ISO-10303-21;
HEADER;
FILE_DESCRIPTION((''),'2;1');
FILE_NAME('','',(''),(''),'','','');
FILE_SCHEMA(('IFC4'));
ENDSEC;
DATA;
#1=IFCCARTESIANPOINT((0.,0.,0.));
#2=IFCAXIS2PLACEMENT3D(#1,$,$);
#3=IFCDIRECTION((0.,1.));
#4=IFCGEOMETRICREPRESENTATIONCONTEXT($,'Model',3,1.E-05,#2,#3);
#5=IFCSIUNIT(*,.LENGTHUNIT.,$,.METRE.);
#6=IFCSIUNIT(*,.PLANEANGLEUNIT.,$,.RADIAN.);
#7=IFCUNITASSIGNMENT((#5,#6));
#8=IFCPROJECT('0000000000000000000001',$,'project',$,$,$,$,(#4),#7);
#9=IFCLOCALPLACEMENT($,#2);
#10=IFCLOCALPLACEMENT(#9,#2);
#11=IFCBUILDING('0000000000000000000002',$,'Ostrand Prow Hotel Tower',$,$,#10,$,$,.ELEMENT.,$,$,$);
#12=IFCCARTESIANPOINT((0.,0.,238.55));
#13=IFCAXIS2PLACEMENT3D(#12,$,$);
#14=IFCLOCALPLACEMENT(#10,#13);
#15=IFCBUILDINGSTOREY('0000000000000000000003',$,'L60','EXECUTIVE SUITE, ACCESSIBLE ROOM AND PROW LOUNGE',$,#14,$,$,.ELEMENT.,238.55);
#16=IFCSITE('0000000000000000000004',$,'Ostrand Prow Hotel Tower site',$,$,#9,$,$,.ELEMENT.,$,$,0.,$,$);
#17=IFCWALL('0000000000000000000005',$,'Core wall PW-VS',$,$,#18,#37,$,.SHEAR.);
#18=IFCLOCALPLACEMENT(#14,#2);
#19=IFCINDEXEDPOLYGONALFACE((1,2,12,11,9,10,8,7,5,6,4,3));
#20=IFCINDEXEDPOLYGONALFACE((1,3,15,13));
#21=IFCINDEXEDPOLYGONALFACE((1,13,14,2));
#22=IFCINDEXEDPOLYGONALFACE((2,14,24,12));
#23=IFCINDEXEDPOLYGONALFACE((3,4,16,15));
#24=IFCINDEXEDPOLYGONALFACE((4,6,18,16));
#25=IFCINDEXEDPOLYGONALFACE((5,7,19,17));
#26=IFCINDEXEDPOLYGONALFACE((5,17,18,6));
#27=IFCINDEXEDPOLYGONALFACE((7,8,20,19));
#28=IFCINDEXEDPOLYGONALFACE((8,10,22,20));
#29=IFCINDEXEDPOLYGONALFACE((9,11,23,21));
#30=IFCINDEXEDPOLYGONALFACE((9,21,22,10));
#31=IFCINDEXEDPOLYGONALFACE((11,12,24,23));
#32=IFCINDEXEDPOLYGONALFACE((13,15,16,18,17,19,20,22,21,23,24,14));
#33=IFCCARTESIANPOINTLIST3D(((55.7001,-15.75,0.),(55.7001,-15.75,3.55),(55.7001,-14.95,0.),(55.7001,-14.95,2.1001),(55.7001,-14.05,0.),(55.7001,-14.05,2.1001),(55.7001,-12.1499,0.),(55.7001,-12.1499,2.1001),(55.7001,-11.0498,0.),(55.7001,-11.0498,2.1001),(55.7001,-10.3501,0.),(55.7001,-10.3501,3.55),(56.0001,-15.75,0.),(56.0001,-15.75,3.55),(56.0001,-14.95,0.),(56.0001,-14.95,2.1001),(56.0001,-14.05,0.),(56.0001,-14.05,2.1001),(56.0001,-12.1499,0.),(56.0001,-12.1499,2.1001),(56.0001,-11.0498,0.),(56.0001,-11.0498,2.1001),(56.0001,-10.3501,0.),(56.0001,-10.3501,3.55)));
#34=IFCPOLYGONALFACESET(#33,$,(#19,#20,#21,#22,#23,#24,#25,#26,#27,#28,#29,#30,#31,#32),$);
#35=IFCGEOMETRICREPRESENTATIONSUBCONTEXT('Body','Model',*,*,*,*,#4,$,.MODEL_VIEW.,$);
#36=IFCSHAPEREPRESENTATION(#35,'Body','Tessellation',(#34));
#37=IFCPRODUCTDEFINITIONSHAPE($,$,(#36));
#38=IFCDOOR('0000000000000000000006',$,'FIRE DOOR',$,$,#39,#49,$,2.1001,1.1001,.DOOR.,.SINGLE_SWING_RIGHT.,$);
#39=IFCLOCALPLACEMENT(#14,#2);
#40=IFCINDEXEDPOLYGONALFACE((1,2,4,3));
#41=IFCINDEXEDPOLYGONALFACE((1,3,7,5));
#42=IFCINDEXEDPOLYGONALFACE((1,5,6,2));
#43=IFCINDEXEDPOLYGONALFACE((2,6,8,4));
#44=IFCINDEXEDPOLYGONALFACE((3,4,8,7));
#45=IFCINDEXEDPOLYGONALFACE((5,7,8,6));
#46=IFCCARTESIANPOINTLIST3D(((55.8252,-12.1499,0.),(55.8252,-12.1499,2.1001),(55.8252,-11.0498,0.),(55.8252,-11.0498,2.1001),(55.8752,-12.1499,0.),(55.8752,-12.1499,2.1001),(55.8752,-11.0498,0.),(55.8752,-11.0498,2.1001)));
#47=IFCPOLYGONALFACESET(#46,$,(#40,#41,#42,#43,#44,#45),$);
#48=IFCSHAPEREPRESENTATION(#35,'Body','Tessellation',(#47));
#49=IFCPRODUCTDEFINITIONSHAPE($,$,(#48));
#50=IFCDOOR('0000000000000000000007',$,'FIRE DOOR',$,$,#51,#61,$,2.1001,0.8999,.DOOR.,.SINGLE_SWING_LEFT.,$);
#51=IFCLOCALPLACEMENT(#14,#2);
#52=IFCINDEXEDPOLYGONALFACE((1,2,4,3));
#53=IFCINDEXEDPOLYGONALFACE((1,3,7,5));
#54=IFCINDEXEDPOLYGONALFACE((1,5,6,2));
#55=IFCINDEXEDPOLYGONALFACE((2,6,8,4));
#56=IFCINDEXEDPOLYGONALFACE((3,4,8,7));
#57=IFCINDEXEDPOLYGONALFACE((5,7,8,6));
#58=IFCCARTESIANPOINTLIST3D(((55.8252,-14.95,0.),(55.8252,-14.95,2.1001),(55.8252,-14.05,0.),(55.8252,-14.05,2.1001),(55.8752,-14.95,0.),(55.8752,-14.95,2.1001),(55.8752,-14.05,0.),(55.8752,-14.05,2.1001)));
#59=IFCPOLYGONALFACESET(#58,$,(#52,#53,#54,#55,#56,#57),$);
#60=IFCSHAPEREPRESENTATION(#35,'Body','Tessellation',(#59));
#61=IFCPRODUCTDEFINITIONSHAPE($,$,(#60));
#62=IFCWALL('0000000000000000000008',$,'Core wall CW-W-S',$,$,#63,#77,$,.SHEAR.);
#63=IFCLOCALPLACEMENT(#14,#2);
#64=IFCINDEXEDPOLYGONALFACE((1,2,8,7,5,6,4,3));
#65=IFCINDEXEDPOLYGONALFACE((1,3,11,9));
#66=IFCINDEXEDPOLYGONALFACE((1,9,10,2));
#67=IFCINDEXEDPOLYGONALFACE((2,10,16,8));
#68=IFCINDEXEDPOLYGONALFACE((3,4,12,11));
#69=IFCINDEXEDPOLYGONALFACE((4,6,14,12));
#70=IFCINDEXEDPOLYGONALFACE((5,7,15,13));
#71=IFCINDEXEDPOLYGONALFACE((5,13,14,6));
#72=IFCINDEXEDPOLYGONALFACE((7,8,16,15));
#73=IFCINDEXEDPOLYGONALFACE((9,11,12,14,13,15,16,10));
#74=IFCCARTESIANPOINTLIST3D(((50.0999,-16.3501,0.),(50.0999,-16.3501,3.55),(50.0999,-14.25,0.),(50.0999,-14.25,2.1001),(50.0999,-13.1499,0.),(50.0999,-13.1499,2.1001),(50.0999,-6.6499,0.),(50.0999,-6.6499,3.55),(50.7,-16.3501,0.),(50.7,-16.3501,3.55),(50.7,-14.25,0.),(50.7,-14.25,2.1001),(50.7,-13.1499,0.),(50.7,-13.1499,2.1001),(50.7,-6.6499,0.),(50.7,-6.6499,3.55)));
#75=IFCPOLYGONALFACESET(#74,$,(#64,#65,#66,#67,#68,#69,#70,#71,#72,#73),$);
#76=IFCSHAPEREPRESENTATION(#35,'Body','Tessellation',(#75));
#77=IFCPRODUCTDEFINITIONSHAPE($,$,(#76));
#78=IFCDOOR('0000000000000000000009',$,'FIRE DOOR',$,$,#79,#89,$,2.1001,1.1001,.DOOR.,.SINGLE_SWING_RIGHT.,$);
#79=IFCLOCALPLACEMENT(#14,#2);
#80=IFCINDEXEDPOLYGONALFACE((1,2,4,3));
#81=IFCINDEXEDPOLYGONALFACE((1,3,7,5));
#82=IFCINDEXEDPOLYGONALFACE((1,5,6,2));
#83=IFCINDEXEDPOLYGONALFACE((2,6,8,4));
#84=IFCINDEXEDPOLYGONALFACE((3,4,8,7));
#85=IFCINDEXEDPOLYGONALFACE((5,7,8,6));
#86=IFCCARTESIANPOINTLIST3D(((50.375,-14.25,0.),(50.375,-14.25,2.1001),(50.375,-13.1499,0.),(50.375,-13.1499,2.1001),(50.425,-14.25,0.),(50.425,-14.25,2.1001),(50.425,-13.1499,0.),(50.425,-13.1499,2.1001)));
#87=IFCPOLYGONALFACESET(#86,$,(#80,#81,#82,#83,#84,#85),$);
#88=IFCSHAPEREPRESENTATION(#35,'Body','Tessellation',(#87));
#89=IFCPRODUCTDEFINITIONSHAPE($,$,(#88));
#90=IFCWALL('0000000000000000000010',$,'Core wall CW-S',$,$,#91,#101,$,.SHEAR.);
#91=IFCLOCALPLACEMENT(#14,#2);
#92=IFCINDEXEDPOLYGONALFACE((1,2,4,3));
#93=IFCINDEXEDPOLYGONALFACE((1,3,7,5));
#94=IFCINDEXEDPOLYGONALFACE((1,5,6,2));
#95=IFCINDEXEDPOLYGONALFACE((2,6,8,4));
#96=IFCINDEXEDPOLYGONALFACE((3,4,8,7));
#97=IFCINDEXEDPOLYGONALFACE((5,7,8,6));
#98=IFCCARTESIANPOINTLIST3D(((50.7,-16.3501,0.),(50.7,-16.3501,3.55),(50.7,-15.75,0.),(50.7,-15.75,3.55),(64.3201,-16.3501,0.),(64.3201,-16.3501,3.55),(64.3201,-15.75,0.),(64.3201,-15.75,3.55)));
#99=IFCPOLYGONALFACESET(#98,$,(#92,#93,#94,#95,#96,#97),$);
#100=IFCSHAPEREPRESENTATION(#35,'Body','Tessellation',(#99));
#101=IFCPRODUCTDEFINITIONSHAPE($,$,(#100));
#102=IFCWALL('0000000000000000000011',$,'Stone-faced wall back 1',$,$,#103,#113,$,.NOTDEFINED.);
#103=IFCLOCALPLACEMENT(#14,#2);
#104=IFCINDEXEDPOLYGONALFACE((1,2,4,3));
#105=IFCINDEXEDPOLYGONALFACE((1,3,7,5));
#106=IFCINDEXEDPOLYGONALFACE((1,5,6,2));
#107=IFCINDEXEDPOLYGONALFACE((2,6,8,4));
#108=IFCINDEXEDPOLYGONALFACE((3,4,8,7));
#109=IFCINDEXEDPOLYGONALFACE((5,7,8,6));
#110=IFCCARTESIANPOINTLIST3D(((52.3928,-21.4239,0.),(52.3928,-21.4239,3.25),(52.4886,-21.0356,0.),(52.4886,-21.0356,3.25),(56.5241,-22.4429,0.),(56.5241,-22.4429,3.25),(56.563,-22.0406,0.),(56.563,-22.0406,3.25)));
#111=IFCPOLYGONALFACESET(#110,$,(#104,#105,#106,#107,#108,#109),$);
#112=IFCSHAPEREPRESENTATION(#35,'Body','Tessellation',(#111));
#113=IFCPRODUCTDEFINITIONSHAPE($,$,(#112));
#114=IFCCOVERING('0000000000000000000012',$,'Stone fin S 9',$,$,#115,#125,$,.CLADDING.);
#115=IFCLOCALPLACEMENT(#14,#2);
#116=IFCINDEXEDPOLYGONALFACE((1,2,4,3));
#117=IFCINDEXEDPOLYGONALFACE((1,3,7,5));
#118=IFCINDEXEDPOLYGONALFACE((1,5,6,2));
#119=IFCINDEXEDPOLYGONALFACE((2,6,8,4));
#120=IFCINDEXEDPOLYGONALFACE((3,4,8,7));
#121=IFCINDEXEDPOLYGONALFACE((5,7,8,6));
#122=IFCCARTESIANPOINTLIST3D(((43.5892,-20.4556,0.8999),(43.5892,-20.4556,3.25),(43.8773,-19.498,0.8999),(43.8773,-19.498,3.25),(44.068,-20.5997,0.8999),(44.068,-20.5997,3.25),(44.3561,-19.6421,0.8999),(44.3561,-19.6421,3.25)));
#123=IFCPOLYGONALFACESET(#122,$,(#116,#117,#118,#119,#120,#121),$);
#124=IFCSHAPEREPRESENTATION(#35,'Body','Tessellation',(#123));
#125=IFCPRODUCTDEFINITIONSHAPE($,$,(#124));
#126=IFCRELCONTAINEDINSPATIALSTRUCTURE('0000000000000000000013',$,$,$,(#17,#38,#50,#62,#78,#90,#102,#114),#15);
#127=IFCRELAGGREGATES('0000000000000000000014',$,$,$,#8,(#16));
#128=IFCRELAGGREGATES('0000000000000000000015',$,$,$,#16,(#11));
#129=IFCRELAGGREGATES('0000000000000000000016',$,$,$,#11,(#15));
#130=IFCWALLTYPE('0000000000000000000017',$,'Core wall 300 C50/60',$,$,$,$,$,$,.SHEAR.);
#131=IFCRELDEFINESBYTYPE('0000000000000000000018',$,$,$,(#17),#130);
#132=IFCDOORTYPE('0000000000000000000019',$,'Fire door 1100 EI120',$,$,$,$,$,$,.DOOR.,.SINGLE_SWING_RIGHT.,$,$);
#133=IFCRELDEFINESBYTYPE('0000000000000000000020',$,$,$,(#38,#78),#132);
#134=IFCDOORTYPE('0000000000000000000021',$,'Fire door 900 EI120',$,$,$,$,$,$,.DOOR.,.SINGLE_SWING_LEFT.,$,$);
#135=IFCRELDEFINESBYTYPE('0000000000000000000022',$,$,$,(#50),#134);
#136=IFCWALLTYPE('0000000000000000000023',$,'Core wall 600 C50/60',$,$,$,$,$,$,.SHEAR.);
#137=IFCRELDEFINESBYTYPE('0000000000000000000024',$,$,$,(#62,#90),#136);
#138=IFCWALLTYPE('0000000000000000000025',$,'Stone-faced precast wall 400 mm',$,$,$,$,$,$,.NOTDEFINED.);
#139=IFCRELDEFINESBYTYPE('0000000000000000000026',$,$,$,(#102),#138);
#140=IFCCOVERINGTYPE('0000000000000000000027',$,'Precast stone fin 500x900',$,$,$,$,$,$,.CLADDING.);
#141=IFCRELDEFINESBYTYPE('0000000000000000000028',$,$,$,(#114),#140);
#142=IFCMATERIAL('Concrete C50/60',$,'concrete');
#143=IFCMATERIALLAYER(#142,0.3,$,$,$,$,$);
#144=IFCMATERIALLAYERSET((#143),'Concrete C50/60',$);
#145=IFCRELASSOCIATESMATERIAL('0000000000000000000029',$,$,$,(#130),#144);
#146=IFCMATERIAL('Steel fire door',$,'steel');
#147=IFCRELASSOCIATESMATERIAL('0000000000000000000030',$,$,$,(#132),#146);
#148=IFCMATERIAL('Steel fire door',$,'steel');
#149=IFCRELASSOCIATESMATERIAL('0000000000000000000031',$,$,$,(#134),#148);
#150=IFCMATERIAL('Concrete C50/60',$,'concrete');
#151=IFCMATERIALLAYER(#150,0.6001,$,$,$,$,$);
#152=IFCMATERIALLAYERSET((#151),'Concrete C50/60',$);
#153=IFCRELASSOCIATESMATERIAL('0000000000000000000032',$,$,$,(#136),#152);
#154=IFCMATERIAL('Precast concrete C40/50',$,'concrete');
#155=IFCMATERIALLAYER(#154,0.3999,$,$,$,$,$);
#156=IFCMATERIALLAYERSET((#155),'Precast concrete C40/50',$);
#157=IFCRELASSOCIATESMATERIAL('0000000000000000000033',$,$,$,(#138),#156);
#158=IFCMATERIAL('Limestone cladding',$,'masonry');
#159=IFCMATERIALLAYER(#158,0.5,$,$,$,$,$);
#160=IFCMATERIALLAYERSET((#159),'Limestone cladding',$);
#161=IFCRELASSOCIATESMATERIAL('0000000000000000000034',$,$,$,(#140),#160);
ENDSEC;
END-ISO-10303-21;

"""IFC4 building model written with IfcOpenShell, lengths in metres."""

from ifc_helpers import new_model, si_unit, direction, frame, frame_2d, origin, place, context, subcontext, project, spatial, polyline, rectangle, outline, extrude, material, layer, layer_set, type_object, element, fill, save


model = new_model("IFC4")

# Units and contexts
model_context = context("Model", 3, precision=1e-05, world=origin(), true_north=direction((0.0, 1.0)))
body_context = subcontext(model_context, "Body", "Model", "MODEL_VIEW")
ifc_project = project(units=[si_unit("LENGTHUNIT", "METRE"), si_unit("PLANEANGLEUNIT", "RADIAN")], contexts=[model_context])

# Site, building, storey
site_placement = place(None, origin())
site = spatial("IfcSite", under=ifc_project, at=site_placement, Name="Ostrand Prow Hotel Tower site", CompositionType="ELEMENT", RefElevation=0.0)
building_placement = place(site_placement, origin())
building = spatial("IfcBuilding", under=site, at=building_placement, Name="Ostrand Prow Hotel Tower", CompositionType="ELEMENT")
storey_placement = place(building_placement, frame((0.0, 0.0, 238.55)))
storey = spatial("IfcBuildingStorey", under=building, at=storey_placement, Name="L60", Description="EXECUTIVE SUITE, ACCESSIBLE ROOM AND PROW LOUNGE", CompositionType="ELEMENT", Elevation=238.55)

# Wall, openings, doors
ifc_material_1 = material(Name="Concrete C50/60", Category="concrete")
ifc_layer_1 = layer(ifc_material_1, 0.3)
ifc_layer_set_1 = layer_set([ifc_layer_1], Name="Concrete C50/60")
wall_type_1 = type_object("IfcWallType", Name="Core wall 300 C50/60", PredefinedType="SHEAR", material=ifc_layer_set_1)
wall_1_placement = place(storey_placement, frame((55.8501, -15.75, 0.0), z_axis=(0.0, 0.0, 1.0), x_axis=(0.0, 1.0, 0.0)))
wall_1 = element("IfcWall", 1, at=wall_1_placement, inside=storey, type_object=wall_type_1, Name="Core wall PW-VS", PredefinedType="SHEAR", context=body_context, shape_type="SweptSolid", body=[
    extrude(rectangle(XDim=5.3999, YDim=0.3, at=frame_2d((2.7, 0.0))), origin(), (0.0, 0.0, 1.0), 3.55),
])
opening_1_placement = place(wall_1_placement, frame((3.6001, 0.0, 0.0)))
opening_1 = element("IfcOpeningElement", 2, at=opening_1_placement, cuts=wall_1, PredefinedType="OPENING", context=body_context, shape_type="SweptSolid", body=[
    extrude(rectangle(XDim=1.1001, YDim=2.1001, at=frame_2d((0.55, 1.05))), frame((0.0, 0.1599, 0.0), z_axis=(0.0, -1.0, 0.0), x_axis=(1.0, 0.0, 0.0)), (0.0, 0.0, 1.0), 0.3201),
])
opening_2_placement = place(wall_1_placement, frame((0.8, 0.0, 0.0)))
opening_2 = element("IfcOpeningElement", 3, at=opening_2_placement, cuts=wall_1, PredefinedType="OPENING", context=body_context, shape_type="SweptSolid", body=[
    extrude(rectangle(XDim=0.8999, YDim=2.1001, at=frame_2d((0.45, 1.05))), frame((0.0, 0.1599, 0.0), z_axis=(0.0, -1.0, 0.0), x_axis=(1.0, 0.0, 0.0)), (0.0, 0.0, 1.0), 0.3201),
])
ifc_material_2 = material(Name="Steel fire door", Category="steel")
door_type_1 = type_object("IfcDoorType", Name="Fire door 1100 EI120", OperationType="SINGLE_SWING_RIGHT", PredefinedType="DOOR", material=ifc_material_2)
door_1_placement = place(opening_1_placement, origin())
door_1 = element("IfcDoor", 4, at=door_1_placement, inside=storey, type_object=door_type_1, Name="FIRE DOOR", OperationType="SINGLE_SWING_RIGHT", OverallHeight=2.1001, OverallWidth=1.1001, PredefinedType="DOOR", context=body_context, shape_type="SweptSolid", body=[
    extrude(rectangle(XDim=1.1001, YDim=2.1001, at=frame_2d((0.55, 1.05))), frame((0.0, 0.0249, 0.0), z_axis=(0.0, -1.0, 0.0), x_axis=(1.0, 0.0, 0.0)), (0.0, 0.0, 1.0), 0.05),
])
fill(opening_1, door_1)
ifc_material_3 = material(Name="Steel fire door", Category="steel")
door_type_2 = type_object("IfcDoorType", Name="Fire door 900 EI120", OperationType="SINGLE_SWING_LEFT", PredefinedType="DOOR", material=ifc_material_3)
door_2_placement = place(opening_2_placement, origin())
door_2 = element("IfcDoor", 5, at=door_2_placement, inside=storey, type_object=door_type_2, Name="FIRE DOOR", OperationType="SINGLE_SWING_LEFT", OverallHeight=2.1001, OverallWidth=0.8999, PredefinedType="DOOR", context=body_context, shape_type="SweptSolid", body=[
    extrude(rectangle(XDim=0.8999, YDim=2.1001, at=frame_2d((0.45, 1.05))), frame((0.0, 0.0249, 0.0), z_axis=(0.0, -1.0, 0.0), x_axis=(1.0, 0.0, 0.0)), (0.0, 0.0, 1.0), 0.05),
])
fill(opening_2, door_2)

# Wall, opening, door
ifc_material_4 = material(Name="Concrete C50/60", Category="concrete")
ifc_layer_2 = layer(ifc_material_4, 0.6001)
ifc_layer_set_2 = layer_set([ifc_layer_2], Name="Concrete C50/60")
wall_type_2 = type_object("IfcWallType", Name="Core wall 600 C50/60", PredefinedType="SHEAR", material=ifc_layer_set_2)
wall_2_placement = place(storey_placement, frame((50.3999, -16.3501, 0.0), z_axis=(0.0, 0.0, 1.0), x_axis=(0.0, 1.0, 0.0)))
wall_2 = element("IfcWall", 6, at=wall_2_placement, inside=storey, type_object=wall_type_2, Name="Core wall CW-W-S", PredefinedType="SHEAR", context=body_context, shape_type="SweptSolid", body=[
    extrude(rectangle(XDim=9.7002, YDim=0.6001, at=frame_2d((4.8501, 0.0))), origin(), (0.0, 0.0, 1.0), 3.55),
])
opening_3_placement = place(wall_2_placement, frame((2.1001, 0.0, 0.0)))
opening_3 = element("IfcOpeningElement", 7, at=opening_3_placement, cuts=wall_2, PredefinedType="OPENING", context=body_context, shape_type="SweptSolid", body=[
    extrude(rectangle(XDim=1.1001, YDim=2.1001, at=frame_2d((0.55, 1.05))), frame((0.0, 0.3101, 0.0), z_axis=(0.0, -1.0, 0.0), x_axis=(1.0, 0.0, 0.0)), (0.0, 0.0, 1.0), 0.6201),
])
door_3_placement = place(opening_3_placement, origin())
door_3 = element("IfcDoor", 8, at=door_3_placement, inside=storey, type_object=door_type_1, Name="FIRE DOOR", OperationType="SINGLE_SWING_RIGHT", OverallHeight=2.1001, OverallWidth=1.1001, PredefinedType="DOOR", context=body_context, shape_type="SweptSolid", body=[
    extrude(rectangle(XDim=1.1001, YDim=2.1001, at=frame_2d((0.55, 1.05))), frame((0.0, 0.0249, 0.0), z_axis=(0.0, -1.0, 0.0), x_axis=(1.0, 0.0, 0.0)), (0.0, 0.0, 1.0), 0.05),
])
fill(opening_3, door_3)

# Walls
wall_3_placement = place(storey_placement, frame((50.7, -16.05, 0.0), z_axis=(0.0, 0.0, 1.0), x_axis=(1.0, 0.0, 0.0)))
element("IfcWall", 9, at=wall_3_placement, inside=storey, type_object=wall_type_2, Name="Core wall CW-S", PredefinedType="SHEAR", context=body_context, shape_type="SweptSolid", body=[
    extrude(rectangle(XDim=13.6201, YDim=0.6001, at=frame_2d((6.8101, 0.0))), origin(), (0.0, 0.0, 1.0), 3.55),
])
ifc_material_5 = material(Name="Precast concrete C40/50", Category="concrete")
ifc_layer_3 = layer(ifc_material_5, 0.3999)
ifc_layer_set_3 = layer_set([ifc_layer_3], Name="Precast concrete C40/50")
wall_type_3 = type_object("IfcWallType", Name="Stone-faced precast wall 400 mm", PredefinedType="NOTDEFINED", material=ifc_layer_set_3)
wall_4_placement = place(storey_placement, frame((52.4407, -21.2297, 0.0), z_axis=(0.0, 0.0, 1.0), x_axis=(0.970902, -0.239476, 0.0)))
element("IfcWall", 10, at=wall_4_placement, inside=storey, type_object=wall_type_3, Name="Stone-faced wall back 1", PredefinedType="NOTDEFINED", context=body_context, shape_type="SweptSolid", body=[
    extrude(outline(polyline([(0.0, -0.2), (4.2551, -0.2), (4.1965, 0.2), (0.0, 0.2), (0.0, -0.2)])), origin(), (0.0, 0.0, 1.0), 3.25),
])

# Covering
ifc_material_6 = material(Name="Limestone cladding", Category="masonry")
ifc_layer_4 = layer(ifc_material_6, 0.5)
ifc_layer_set_4 = layer_set([ifc_layer_4], Name="Limestone cladding")
covering_type = type_object("IfcCoveringType", Name="Precast stone fin 500x900", PredefinedType="CLADDING", material=ifc_layer_set_4)
covering_placement = place(storey_placement, frame((44.1167, -19.5701, 0.8999), z_axis=(0.0, 0.0, 1.0), x_axis=(-0.288109, -0.957598, 0.0)))
element("IfcCovering", 11, at=covering_placement, inside=storey, type_object=covering_type, Name="Stone fin S 9", PredefinedType="CLADDING", context=body_context, shape_type="SweptSolid", body=[
    extrude(rectangle(XDim=1.0, YDim=0.5, at=frame_2d((0.5, 0.0))), origin(), (0.0, 0.0, 1.0), 2.3501),
])

save(model, "model.ifc")
